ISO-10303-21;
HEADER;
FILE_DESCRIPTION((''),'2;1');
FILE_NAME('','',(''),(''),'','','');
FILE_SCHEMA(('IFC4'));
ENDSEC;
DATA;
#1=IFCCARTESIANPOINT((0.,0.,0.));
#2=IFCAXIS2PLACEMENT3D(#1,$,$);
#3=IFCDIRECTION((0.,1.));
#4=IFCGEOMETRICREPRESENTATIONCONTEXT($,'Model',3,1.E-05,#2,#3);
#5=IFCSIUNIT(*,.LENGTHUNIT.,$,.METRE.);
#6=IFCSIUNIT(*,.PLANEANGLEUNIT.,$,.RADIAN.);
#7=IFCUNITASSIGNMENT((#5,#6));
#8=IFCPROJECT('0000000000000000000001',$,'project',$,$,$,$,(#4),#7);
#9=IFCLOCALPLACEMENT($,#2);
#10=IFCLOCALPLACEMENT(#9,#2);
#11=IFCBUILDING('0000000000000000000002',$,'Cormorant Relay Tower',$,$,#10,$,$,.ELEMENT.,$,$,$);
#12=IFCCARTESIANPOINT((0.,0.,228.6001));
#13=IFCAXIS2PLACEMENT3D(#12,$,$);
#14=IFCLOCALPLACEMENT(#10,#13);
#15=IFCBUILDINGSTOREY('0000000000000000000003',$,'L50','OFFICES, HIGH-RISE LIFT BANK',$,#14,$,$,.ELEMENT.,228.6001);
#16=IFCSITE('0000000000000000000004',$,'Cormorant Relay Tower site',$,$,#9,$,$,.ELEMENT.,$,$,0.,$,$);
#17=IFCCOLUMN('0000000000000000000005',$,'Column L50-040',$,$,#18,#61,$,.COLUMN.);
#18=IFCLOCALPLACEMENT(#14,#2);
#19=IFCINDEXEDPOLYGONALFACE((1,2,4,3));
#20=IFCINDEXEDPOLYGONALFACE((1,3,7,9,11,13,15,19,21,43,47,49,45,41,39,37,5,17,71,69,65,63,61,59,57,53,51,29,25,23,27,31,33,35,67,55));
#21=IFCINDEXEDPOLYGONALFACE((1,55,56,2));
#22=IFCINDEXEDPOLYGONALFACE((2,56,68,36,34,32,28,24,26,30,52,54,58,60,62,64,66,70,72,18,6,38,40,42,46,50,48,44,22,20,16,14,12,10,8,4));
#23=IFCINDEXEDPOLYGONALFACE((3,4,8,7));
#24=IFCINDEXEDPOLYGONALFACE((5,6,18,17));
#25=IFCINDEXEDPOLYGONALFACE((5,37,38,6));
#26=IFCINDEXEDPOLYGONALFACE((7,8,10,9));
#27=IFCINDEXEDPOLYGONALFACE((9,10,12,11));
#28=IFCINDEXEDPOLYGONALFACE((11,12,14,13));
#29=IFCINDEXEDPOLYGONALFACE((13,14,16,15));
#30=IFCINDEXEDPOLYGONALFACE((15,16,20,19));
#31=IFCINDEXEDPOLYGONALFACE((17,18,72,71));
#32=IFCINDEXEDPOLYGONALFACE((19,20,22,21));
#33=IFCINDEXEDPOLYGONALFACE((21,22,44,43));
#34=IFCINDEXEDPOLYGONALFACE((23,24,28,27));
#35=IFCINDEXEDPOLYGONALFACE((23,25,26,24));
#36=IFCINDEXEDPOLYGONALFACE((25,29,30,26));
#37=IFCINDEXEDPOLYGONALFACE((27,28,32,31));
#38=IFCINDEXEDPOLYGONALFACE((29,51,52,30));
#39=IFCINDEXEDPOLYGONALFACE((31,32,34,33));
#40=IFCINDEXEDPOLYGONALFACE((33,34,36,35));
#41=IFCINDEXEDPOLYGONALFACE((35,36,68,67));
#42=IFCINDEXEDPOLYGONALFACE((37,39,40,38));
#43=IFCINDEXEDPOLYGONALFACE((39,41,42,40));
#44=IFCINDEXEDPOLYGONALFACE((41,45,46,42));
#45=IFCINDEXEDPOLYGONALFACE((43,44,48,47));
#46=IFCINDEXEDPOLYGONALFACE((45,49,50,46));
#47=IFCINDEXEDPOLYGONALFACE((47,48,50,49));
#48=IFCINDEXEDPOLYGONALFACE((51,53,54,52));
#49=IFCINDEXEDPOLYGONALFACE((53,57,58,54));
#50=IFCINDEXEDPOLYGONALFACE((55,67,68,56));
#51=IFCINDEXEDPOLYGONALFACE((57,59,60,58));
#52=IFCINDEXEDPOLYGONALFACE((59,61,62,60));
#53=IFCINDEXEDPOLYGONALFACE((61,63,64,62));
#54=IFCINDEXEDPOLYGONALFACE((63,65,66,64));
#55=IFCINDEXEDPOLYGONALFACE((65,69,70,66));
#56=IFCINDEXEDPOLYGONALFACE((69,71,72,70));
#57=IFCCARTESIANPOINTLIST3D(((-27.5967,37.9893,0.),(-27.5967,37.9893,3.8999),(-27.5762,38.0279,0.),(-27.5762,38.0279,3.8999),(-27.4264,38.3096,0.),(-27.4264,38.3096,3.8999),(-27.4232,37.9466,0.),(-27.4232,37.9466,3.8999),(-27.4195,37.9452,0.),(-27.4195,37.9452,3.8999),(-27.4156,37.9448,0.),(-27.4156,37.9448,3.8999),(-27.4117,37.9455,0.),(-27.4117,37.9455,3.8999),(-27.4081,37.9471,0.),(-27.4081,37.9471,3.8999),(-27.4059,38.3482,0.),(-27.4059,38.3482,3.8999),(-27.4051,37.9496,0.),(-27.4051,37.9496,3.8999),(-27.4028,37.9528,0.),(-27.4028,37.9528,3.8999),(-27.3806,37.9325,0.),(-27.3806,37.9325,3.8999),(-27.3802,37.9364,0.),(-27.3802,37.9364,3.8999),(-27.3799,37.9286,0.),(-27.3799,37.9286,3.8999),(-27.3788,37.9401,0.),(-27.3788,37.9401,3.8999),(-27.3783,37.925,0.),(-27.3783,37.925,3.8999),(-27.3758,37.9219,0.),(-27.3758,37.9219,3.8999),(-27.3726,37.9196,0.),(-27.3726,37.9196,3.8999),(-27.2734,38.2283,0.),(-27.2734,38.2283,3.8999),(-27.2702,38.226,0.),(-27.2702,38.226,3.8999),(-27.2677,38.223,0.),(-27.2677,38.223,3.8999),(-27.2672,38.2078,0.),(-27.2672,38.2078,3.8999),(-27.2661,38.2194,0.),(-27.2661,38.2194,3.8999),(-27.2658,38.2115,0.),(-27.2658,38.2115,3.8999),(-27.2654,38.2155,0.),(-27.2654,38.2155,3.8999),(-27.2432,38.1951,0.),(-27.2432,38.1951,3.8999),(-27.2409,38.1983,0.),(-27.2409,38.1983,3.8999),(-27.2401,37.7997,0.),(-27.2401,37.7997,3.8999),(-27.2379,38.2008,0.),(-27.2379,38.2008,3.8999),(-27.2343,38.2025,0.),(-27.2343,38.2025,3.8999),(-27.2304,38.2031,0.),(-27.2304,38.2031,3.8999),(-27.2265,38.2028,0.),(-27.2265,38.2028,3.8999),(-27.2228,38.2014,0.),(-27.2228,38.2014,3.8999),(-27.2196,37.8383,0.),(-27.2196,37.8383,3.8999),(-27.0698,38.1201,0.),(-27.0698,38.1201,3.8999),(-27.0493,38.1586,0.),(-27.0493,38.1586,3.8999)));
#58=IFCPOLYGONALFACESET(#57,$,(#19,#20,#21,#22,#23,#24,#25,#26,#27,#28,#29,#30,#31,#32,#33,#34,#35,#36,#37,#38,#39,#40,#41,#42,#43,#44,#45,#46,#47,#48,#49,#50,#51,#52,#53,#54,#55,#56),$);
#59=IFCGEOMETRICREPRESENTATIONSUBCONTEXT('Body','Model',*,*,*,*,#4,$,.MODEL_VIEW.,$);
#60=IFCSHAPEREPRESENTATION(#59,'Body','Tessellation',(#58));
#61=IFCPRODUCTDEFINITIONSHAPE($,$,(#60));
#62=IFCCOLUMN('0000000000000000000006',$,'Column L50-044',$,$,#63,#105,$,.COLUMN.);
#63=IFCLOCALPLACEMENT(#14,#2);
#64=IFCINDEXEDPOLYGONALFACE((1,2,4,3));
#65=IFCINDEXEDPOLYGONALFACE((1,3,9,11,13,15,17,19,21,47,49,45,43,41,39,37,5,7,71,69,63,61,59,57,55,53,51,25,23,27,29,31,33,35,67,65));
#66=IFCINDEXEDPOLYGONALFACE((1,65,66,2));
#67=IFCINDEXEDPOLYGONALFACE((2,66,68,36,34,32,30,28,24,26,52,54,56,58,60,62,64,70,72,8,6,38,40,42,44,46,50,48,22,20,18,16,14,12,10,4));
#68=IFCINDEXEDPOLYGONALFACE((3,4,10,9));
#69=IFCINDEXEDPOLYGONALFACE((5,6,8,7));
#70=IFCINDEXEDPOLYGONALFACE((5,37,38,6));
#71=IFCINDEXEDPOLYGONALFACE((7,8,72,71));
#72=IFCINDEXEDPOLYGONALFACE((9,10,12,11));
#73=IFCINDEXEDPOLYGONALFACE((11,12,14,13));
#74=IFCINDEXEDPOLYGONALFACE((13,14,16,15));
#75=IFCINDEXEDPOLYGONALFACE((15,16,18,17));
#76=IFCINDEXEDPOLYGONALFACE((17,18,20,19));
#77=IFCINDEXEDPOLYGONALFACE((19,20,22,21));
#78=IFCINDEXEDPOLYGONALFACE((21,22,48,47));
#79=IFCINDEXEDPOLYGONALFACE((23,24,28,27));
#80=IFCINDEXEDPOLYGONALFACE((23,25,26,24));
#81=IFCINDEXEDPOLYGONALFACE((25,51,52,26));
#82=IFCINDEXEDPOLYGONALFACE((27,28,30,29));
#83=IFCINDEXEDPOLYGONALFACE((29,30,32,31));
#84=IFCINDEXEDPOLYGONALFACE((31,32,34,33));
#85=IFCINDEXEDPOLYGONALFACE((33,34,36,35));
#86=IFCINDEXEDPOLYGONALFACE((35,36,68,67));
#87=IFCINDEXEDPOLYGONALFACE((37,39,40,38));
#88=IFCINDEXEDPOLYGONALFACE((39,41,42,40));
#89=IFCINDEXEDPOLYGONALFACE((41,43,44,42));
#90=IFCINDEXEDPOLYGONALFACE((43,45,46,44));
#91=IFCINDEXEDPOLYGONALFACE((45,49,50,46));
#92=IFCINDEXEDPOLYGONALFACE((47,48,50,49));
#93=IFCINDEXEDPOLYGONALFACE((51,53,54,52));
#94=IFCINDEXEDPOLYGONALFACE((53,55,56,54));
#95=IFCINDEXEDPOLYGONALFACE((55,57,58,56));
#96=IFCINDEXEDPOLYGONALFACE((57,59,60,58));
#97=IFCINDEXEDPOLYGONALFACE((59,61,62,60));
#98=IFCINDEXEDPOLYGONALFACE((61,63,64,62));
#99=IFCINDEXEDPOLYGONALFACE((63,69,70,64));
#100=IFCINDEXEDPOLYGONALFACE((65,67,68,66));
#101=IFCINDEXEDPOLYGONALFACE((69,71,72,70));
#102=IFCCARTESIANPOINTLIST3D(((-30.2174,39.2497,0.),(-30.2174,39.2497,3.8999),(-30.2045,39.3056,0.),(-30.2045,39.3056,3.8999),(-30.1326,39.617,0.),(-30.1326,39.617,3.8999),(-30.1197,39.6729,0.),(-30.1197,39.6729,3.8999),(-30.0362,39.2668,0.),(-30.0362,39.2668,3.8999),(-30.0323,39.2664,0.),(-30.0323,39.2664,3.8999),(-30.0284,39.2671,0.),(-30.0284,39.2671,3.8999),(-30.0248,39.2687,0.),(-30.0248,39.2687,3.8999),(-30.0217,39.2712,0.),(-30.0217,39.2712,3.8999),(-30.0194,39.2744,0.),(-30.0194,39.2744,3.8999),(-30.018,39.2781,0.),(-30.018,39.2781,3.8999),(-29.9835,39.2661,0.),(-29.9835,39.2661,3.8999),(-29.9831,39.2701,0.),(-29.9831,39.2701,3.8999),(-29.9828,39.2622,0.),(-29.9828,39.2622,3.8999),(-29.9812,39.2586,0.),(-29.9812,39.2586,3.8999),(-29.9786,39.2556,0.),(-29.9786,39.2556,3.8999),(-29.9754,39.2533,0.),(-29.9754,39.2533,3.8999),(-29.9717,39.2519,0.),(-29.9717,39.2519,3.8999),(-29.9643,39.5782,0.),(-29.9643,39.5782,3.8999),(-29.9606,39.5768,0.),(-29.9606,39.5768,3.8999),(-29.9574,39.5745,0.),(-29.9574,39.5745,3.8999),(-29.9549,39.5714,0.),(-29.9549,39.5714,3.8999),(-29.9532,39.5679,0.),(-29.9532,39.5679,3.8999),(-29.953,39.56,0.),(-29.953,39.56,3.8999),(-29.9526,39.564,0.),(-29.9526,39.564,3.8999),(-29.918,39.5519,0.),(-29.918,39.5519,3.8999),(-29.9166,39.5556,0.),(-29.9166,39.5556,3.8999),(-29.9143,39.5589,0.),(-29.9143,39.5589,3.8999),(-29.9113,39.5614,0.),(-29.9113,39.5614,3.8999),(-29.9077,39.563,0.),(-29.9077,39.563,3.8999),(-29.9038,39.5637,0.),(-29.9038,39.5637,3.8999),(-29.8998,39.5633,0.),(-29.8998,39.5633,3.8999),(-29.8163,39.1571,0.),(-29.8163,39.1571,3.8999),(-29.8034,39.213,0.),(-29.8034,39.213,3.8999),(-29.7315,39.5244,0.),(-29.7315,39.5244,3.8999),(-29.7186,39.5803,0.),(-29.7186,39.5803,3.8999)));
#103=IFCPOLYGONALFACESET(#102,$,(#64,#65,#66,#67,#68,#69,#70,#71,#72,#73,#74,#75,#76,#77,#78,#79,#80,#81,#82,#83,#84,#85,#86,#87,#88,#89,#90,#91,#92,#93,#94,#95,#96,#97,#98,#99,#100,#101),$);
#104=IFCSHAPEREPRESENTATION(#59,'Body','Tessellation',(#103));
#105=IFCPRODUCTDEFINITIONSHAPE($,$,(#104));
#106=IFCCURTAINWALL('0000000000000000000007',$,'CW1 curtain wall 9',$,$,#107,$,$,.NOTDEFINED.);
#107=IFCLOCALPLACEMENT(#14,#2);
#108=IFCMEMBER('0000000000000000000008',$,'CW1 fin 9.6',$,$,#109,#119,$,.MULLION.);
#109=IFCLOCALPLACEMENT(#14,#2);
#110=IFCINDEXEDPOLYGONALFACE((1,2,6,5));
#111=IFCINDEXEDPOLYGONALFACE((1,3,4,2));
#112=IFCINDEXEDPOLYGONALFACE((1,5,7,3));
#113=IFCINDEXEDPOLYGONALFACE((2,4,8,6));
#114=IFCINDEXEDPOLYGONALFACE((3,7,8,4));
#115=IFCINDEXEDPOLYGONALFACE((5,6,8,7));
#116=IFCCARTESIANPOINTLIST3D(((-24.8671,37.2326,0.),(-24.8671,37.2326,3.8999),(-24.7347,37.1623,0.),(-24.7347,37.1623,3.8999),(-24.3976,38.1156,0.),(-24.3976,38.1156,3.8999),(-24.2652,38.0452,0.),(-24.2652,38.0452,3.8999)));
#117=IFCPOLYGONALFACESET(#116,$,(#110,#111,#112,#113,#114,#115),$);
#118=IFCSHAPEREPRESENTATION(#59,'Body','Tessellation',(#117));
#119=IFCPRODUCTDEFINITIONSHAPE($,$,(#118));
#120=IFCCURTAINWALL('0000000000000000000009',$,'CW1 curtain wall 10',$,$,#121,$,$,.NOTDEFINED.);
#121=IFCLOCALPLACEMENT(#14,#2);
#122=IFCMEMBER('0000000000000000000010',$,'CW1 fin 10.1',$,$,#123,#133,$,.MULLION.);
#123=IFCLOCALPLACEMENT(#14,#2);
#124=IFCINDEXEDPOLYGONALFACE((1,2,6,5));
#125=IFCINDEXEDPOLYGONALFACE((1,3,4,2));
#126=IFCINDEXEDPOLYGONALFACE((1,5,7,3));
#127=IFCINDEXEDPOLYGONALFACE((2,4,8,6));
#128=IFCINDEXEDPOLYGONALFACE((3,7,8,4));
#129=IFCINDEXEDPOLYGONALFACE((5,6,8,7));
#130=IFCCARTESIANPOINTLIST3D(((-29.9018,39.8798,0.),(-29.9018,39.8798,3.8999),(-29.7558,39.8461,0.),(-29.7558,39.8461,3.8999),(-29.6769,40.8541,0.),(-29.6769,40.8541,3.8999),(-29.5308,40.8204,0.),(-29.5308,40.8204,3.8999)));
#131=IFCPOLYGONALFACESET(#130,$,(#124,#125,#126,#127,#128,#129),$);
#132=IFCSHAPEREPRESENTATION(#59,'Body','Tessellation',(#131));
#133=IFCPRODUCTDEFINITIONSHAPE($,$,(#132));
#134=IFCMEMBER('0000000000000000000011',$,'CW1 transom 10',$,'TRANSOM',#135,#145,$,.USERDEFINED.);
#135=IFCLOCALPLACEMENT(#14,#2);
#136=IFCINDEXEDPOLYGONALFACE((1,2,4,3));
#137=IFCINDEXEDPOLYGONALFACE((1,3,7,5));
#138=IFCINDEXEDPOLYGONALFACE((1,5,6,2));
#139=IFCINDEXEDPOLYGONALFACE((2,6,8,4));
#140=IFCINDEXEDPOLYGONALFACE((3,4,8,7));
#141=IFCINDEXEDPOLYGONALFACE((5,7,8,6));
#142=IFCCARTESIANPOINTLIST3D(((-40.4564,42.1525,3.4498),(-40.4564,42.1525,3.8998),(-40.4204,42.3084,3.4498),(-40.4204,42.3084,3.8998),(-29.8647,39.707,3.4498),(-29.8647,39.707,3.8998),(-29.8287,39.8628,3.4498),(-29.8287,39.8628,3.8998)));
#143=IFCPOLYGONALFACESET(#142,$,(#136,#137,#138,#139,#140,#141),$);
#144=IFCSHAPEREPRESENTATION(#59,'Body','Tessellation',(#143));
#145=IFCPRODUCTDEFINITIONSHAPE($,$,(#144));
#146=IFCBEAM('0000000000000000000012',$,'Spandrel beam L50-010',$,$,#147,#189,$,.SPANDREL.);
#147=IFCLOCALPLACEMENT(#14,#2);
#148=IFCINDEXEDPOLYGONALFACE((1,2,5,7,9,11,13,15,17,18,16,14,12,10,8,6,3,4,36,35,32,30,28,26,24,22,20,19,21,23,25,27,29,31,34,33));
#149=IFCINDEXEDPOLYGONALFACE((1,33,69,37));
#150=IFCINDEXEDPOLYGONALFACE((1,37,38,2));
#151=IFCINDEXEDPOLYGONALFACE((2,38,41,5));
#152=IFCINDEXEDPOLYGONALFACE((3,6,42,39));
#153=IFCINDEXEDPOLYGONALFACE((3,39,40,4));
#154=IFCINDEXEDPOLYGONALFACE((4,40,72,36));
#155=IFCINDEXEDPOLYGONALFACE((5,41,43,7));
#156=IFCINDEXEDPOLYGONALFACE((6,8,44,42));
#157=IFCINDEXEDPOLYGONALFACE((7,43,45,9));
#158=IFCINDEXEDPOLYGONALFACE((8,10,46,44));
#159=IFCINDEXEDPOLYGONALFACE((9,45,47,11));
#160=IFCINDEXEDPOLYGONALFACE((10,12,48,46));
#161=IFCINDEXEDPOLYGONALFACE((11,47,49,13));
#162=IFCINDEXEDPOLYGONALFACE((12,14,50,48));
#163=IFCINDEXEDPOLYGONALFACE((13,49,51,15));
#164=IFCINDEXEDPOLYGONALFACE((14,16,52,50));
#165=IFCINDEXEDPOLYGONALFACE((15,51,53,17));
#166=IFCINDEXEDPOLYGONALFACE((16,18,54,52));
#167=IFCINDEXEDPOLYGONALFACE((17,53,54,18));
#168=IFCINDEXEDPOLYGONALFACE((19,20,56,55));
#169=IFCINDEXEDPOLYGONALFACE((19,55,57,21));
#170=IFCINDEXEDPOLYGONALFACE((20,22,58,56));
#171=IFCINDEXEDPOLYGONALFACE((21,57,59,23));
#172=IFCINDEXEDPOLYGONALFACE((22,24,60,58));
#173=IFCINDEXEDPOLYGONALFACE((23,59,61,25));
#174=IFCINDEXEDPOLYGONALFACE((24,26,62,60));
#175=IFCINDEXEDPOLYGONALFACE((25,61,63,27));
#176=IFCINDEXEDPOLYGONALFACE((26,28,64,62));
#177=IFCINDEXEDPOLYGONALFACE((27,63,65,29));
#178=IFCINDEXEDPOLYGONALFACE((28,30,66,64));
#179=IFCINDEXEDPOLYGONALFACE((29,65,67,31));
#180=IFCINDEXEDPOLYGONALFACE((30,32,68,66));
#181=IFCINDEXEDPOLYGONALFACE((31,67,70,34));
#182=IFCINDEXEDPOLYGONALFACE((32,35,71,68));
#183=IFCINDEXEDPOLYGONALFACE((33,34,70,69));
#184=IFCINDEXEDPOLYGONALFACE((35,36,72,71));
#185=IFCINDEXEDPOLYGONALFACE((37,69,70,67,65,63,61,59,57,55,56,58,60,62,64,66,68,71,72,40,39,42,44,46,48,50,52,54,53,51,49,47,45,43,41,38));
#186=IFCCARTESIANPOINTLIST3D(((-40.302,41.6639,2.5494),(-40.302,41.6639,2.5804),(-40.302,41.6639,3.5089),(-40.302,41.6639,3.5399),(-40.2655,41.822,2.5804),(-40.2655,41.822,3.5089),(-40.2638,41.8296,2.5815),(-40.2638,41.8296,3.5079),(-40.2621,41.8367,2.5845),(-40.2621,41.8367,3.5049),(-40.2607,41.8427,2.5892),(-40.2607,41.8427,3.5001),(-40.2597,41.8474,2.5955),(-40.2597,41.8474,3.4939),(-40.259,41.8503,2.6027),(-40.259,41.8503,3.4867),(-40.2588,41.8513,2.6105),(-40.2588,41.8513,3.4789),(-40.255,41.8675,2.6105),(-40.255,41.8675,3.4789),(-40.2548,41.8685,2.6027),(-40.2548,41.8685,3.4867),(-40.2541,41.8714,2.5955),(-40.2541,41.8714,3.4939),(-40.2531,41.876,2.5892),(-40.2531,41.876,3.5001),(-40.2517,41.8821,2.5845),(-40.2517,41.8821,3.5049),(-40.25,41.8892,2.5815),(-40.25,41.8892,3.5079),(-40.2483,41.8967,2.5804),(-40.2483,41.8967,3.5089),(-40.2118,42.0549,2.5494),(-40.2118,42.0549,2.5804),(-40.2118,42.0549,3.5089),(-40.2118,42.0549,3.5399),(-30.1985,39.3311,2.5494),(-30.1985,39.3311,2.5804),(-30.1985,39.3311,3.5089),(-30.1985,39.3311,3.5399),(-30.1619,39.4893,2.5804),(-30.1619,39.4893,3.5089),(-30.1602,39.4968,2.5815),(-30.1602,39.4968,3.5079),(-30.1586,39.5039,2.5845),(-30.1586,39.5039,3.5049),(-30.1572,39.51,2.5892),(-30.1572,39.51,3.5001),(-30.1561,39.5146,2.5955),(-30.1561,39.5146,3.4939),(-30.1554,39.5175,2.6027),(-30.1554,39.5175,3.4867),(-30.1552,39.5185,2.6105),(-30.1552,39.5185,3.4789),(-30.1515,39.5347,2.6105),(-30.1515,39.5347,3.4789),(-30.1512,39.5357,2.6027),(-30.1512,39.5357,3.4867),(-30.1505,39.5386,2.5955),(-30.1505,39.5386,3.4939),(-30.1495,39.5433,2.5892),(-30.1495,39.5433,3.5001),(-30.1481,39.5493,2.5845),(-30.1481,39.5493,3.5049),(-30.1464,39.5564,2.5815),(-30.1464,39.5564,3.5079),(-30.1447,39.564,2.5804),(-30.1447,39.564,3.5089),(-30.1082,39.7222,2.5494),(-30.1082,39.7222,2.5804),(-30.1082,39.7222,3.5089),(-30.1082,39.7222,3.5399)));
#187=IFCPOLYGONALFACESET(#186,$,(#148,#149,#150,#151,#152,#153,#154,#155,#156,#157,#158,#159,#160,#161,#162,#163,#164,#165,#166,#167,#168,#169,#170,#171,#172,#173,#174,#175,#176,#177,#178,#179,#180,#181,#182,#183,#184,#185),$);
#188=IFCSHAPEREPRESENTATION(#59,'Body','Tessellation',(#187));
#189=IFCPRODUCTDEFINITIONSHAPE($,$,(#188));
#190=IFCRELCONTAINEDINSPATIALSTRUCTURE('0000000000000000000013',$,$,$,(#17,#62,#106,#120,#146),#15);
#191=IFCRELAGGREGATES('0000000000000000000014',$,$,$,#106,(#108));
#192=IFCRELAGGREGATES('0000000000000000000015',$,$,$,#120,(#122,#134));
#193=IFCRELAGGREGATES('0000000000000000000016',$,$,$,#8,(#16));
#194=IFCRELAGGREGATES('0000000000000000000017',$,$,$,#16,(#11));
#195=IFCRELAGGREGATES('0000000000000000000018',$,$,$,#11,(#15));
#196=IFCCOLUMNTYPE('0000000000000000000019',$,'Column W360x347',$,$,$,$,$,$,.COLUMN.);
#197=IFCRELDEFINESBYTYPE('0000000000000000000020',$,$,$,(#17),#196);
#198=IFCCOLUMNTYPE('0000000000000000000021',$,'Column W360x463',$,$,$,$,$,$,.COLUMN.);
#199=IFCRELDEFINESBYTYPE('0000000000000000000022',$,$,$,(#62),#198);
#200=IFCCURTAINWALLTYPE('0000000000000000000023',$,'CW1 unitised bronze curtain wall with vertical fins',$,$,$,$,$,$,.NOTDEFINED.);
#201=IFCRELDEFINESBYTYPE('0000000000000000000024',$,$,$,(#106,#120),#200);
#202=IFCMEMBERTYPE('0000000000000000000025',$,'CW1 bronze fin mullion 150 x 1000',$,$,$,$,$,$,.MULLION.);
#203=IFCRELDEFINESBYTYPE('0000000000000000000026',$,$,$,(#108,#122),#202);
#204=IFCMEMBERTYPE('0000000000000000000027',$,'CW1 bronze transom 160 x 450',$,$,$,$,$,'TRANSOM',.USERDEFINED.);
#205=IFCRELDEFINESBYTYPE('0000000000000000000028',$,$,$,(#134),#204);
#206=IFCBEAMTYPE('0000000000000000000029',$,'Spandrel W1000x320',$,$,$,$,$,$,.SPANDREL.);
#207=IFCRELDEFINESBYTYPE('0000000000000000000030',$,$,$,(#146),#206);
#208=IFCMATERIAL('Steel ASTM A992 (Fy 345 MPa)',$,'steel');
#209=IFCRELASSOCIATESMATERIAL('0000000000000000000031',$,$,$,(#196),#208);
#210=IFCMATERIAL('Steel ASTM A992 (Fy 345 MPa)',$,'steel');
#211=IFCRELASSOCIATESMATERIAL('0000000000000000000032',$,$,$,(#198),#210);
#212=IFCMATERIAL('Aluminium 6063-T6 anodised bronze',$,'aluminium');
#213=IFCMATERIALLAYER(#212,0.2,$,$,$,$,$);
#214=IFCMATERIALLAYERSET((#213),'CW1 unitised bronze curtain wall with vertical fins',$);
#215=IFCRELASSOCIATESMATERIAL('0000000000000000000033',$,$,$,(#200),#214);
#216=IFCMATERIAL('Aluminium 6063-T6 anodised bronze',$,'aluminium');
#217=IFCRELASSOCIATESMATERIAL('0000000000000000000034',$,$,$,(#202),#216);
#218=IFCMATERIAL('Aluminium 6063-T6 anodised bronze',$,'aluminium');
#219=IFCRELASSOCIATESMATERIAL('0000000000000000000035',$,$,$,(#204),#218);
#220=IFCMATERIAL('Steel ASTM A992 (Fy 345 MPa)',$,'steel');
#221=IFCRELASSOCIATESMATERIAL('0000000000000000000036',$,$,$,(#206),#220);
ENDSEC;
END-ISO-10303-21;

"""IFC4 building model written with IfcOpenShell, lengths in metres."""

from ifc_helpers import new_model, si_unit, direction, frame, origin, origin_2d, place, context, subcontext, project, spatial, rectangle, i_section, extrude, material, layer, layer_set, material_profile, profile_set, type_object, element, aggregate, save


model = new_model("IFC4")

# Units and contexts
model_context = context("Model", 3, precision=1e-05, world=origin(), true_north=direction((0.0, 1.0)))
body_context = subcontext(model_context, "Body", "Model", "MODEL_VIEW")
ifc_project = project(units=[si_unit("LENGTHUNIT", "METRE"), si_unit("PLANEANGLEUNIT", "RADIAN")], contexts=[model_context])

# Site, building, storey
site_placement = place(None, origin())
site = spatial("IfcSite", under=ifc_project, at=site_placement, Name="Cormorant Relay Tower site", CompositionType="ELEMENT", RefElevation=0.0)
building_placement = place(site_placement, origin())
building = spatial("IfcBuilding", under=site, at=building_placement, Name="Cormorant Relay Tower", CompositionType="ELEMENT")
storey_placement = place(building_placement, frame((0.0, 0.0, 228.6001)))
storey = spatial("IfcBuildingStorey", under=building, at=storey_placement, Name="L50", Description="OFFICES, HIGH-RISE LIFT BANK", CompositionType="ELEMENT", Elevation=228.6001)

# Columns
ifc_material_1 = material(Name="Steel ASTM A992 (Fy 345 MPa)", Category="steel")
ifc_material_profile_1 = material_profile(ifc_material_1, i_section(OverallWidth=0.4038, OverallDepth=0.4065, WebThickness=0.0271, FlangeThickness=0.0437, FilletRadius=0.0151, at=origin_2d()), Name="W360x347")
ifc_profile_set_1 = profile_set([ifc_material_profile_1], Name="Steel ASTM A992 (Fy 345 MPa)")
column_type_1 = type_object("IfcColumnType", Name="Column W360x347", PredefinedType="COLUMN", material=ifc_profile_set_1)
column_1_placement = place(storey_placement, frame((-27.323, 38.074, 0.0), z_axis=(0.0, 0.0, 1.0), x_axis=(-0.882948, 0.469472, 0.0)))
element("IfcColumn", 1, at=column_1_placement, inside=storey, type_object=column_type_1, Name="Column L50-040", PredefinedType="COLUMN", context=body_context, shape_type="SweptSolid", body=[
    extrude(i_section(OverallWidth=0.4038, OverallDepth=0.4065, WebThickness=0.0271, FlangeThickness=0.0437, FilletRadius=0.0151, at=origin_2d()), origin(), (0.0, 0.0, 1.0), 3.8999),
])
ifc_material_2 = material(Name="Steel ASTM A992 (Fy 345 MPa)", Category="steel")
ifc_material_profile_2 = material_profile(ifc_material_2, i_section(OverallWidth=0.4116, OverallDepth=0.4343, WebThickness=0.0359, FlangeThickness=0.0574, FilletRadius=0.0151, at=origin_2d()), Name="W360x463")
ifc_profile_set_2 = profile_set([ifc_material_profile_2], Name="Steel ASTM A992 (Fy 345 MPa)")
column_type_2 = type_object("IfcColumnType", Name="Column W360x463", PredefinedType="COLUMN", material=ifc_profile_set_2)
column_2_placement = place(storey_placement, frame((-29.968, 39.415, 0.0), z_axis=(0.0, 0.0, 1.0), x_axis=(-0.97437, 0.224951, 0.0)))
element("IfcColumn", 2, at=column_2_placement, inside=storey, type_object=column_type_2, Name="Column L50-044", PredefinedType="COLUMN", context=body_context, shape_type="SweptSolid", body=[
    extrude(i_section(OverallWidth=0.4116, OverallDepth=0.4343, WebThickness=0.0359, FlangeThickness=0.0574, FilletRadius=0.0151, at=origin_2d()), origin(), (0.0, 0.0, 1.0), 3.8999),
])

# Curtain wall, member
ifc_material_3 = material(Name="Aluminium 6063-T6 anodised bronze", Category="aluminium")
ifc_layer_1 = layer(ifc_material_3, 0.2)
ifc_layer_set_1 = layer_set([ifc_layer_1], Name="CW1 unitised bronze curtain wall with vertical fins")
curtain_wall_type = type_object("IfcCurtainWallType", Name="CW1 unitised bronze curtain wall with vertical fins", PredefinedType="NOTDEFINED", material=ifc_layer_set_1)
curtain_wall_1_placement = place(storey_placement, origin())
curtain_wall_1 = element("IfcCurtainWall", 3, at=curtain_wall_1_placement, inside=storey, type_object=curtain_wall_type, Name="CW1 curtain wall 9", PredefinedType="NOTDEFINED")
ifc_material_4 = material(Name="Aluminium 6063-T6 anodised bronze", Category="aluminium")
ifc_material_profile_3 = material_profile(ifc_material_4, rectangle(XDim=0.1499, YDim=1.0, at=origin_2d()), Name="AL 150x1000")
ifc_profile_set_3 = profile_set([ifc_material_profile_3], Name="Aluminium 6063-T6 anodised bronze")
member_type_1 = type_object("IfcMemberType", Name="CW1 bronze fin mullion 150 x 1000", PredefinedType="MULLION", material=ifc_profile_set_3)
member_1_placement = place(storey_placement, frame((-24.5662, 37.6389, 0.0), z_axis=(0.0, 0.0, 1.0), x_axis=(-0.882948, 0.469472, 0.0)))
member_1 = element("IfcMember", 4, at=member_1_placement, type_object=member_type_1, Name="CW1 fin 9.6", PredefinedType="MULLION", context=body_context, shape_type="SweptSolid", body=[
    extrude(rectangle(XDim=0.1499, YDim=1.0, at=origin_2d()), origin(), (0.0, 0.0, 1.0), 3.8999),
])

# Curtain wall, members
curtain_wall_2_placement = place(storey_placement, origin())
curtain_wall_2 = element("IfcCurtainWall", 5, at=curtain_wall_2_placement, inside=storey, type_object=curtain_wall_type, Name="CW1 curtain wall 10", PredefinedType="NOTDEFINED")
member_2_placement = place(storey_placement, frame((-29.7163, 40.3501, 0.0), z_axis=(0.0, 0.0, 1.0), x_axis=(-0.97437, 0.224951, 0.0)))
member_2 = element("IfcMember", 6, at=member_2_placement, type_object=member_type_1, Name="CW1 fin 10.1", PredefinedType="MULLION", context=body_context, shape_type="SweptSolid", body=[
    extrude(rectangle(XDim=0.1499, YDim=1.0, at=origin_2d()), origin(), (0.0, 0.0, 1.0), 3.8999),
])
ifc_material_5 = material(Name="Aluminium 6063-T6 anodised bronze", Category="aluminium")
ifc_material_profile_4 = material_profile(ifc_material_5, rectangle(XDim=0.1599, YDim=0.45, at=origin_2d()), Name="AL 160x450")
ifc_profile_set_4 = profile_set([ifc_material_profile_4], Name="Aluminium 6063-T6 anodised bronze")
member_type_2 = type_object("IfcMemberType", Name="CW1 bronze transom 160 x 450", ElementType="TRANSOM", PredefinedType="USERDEFINED", material=ifc_profile_set_4)
member_3_placement = place(storey_placement, frame((-29.8467, 39.7849, 3.6748), z_axis=(-0.974365, 0.224973, 0.0), x_axis=(-0.224973, -0.974365, 0.0)))
member_3 = element("IfcMember", 7, at=member_3_placement, type_object=member_type_2, Name="CW1 transom 10", ObjectType="TRANSOM", PredefinedType="USERDEFINED", context=body_context, shape_type="SweptSolid", body=[
    extrude(rectangle(XDim=0.1599, YDim=0.45, at=origin_2d()), origin(), (0.0, 0.0, 1.0), 10.8704),
])

# Beam
ifc_material_6 = material(Name="Steel ASTM A992 (Fy 345 MPa)", Category="steel")
ifc_material_profile_5 = material_profile(ifc_material_6, i_section(OverallWidth=0.4014, OverallDepth=0.9905, WebThickness=0.0166, FlangeThickness=0.031, FilletRadius=0.03, at=origin_2d()), Name="W1000x320")
ifc_profile_set_5 = profile_set([ifc_material_profile_5], Name="Steel ASTM A992 (Fy 345 MPa)")
beam_type = type_object("IfcBeamType", Name="Spandrel W1000x320", PredefinedType="SPANDREL", material=ifc_profile_set_5)
beam_placement = place(storey_placement, frame((-30.1533, 39.5266, 3.0447), z_axis=(-0.974366, 0.224968, 0.0), x_axis=(-0.224968, -0.974366, 0.0)))
element("IfcBeam", 8, at=beam_placement, inside=storey, type_object=beam_type, Name="Spandrel beam L50-010", PredefinedType="SPANDREL", context=body_context, shape_type="SweptSolid", body=[
    extrude(i_section(OverallWidth=0.4014, OverallDepth=0.9905, WebThickness=0.0166, FlangeThickness=0.031, FilletRadius=0.03, at=origin_2d()), origin(), (0.0, 0.0, 1.0), 10.3694),
])

aggregate(curtain_wall_1, [member_1])
aggregate(curtain_wall_2, [member_2, member_3])

save(model, "model.ifc")
